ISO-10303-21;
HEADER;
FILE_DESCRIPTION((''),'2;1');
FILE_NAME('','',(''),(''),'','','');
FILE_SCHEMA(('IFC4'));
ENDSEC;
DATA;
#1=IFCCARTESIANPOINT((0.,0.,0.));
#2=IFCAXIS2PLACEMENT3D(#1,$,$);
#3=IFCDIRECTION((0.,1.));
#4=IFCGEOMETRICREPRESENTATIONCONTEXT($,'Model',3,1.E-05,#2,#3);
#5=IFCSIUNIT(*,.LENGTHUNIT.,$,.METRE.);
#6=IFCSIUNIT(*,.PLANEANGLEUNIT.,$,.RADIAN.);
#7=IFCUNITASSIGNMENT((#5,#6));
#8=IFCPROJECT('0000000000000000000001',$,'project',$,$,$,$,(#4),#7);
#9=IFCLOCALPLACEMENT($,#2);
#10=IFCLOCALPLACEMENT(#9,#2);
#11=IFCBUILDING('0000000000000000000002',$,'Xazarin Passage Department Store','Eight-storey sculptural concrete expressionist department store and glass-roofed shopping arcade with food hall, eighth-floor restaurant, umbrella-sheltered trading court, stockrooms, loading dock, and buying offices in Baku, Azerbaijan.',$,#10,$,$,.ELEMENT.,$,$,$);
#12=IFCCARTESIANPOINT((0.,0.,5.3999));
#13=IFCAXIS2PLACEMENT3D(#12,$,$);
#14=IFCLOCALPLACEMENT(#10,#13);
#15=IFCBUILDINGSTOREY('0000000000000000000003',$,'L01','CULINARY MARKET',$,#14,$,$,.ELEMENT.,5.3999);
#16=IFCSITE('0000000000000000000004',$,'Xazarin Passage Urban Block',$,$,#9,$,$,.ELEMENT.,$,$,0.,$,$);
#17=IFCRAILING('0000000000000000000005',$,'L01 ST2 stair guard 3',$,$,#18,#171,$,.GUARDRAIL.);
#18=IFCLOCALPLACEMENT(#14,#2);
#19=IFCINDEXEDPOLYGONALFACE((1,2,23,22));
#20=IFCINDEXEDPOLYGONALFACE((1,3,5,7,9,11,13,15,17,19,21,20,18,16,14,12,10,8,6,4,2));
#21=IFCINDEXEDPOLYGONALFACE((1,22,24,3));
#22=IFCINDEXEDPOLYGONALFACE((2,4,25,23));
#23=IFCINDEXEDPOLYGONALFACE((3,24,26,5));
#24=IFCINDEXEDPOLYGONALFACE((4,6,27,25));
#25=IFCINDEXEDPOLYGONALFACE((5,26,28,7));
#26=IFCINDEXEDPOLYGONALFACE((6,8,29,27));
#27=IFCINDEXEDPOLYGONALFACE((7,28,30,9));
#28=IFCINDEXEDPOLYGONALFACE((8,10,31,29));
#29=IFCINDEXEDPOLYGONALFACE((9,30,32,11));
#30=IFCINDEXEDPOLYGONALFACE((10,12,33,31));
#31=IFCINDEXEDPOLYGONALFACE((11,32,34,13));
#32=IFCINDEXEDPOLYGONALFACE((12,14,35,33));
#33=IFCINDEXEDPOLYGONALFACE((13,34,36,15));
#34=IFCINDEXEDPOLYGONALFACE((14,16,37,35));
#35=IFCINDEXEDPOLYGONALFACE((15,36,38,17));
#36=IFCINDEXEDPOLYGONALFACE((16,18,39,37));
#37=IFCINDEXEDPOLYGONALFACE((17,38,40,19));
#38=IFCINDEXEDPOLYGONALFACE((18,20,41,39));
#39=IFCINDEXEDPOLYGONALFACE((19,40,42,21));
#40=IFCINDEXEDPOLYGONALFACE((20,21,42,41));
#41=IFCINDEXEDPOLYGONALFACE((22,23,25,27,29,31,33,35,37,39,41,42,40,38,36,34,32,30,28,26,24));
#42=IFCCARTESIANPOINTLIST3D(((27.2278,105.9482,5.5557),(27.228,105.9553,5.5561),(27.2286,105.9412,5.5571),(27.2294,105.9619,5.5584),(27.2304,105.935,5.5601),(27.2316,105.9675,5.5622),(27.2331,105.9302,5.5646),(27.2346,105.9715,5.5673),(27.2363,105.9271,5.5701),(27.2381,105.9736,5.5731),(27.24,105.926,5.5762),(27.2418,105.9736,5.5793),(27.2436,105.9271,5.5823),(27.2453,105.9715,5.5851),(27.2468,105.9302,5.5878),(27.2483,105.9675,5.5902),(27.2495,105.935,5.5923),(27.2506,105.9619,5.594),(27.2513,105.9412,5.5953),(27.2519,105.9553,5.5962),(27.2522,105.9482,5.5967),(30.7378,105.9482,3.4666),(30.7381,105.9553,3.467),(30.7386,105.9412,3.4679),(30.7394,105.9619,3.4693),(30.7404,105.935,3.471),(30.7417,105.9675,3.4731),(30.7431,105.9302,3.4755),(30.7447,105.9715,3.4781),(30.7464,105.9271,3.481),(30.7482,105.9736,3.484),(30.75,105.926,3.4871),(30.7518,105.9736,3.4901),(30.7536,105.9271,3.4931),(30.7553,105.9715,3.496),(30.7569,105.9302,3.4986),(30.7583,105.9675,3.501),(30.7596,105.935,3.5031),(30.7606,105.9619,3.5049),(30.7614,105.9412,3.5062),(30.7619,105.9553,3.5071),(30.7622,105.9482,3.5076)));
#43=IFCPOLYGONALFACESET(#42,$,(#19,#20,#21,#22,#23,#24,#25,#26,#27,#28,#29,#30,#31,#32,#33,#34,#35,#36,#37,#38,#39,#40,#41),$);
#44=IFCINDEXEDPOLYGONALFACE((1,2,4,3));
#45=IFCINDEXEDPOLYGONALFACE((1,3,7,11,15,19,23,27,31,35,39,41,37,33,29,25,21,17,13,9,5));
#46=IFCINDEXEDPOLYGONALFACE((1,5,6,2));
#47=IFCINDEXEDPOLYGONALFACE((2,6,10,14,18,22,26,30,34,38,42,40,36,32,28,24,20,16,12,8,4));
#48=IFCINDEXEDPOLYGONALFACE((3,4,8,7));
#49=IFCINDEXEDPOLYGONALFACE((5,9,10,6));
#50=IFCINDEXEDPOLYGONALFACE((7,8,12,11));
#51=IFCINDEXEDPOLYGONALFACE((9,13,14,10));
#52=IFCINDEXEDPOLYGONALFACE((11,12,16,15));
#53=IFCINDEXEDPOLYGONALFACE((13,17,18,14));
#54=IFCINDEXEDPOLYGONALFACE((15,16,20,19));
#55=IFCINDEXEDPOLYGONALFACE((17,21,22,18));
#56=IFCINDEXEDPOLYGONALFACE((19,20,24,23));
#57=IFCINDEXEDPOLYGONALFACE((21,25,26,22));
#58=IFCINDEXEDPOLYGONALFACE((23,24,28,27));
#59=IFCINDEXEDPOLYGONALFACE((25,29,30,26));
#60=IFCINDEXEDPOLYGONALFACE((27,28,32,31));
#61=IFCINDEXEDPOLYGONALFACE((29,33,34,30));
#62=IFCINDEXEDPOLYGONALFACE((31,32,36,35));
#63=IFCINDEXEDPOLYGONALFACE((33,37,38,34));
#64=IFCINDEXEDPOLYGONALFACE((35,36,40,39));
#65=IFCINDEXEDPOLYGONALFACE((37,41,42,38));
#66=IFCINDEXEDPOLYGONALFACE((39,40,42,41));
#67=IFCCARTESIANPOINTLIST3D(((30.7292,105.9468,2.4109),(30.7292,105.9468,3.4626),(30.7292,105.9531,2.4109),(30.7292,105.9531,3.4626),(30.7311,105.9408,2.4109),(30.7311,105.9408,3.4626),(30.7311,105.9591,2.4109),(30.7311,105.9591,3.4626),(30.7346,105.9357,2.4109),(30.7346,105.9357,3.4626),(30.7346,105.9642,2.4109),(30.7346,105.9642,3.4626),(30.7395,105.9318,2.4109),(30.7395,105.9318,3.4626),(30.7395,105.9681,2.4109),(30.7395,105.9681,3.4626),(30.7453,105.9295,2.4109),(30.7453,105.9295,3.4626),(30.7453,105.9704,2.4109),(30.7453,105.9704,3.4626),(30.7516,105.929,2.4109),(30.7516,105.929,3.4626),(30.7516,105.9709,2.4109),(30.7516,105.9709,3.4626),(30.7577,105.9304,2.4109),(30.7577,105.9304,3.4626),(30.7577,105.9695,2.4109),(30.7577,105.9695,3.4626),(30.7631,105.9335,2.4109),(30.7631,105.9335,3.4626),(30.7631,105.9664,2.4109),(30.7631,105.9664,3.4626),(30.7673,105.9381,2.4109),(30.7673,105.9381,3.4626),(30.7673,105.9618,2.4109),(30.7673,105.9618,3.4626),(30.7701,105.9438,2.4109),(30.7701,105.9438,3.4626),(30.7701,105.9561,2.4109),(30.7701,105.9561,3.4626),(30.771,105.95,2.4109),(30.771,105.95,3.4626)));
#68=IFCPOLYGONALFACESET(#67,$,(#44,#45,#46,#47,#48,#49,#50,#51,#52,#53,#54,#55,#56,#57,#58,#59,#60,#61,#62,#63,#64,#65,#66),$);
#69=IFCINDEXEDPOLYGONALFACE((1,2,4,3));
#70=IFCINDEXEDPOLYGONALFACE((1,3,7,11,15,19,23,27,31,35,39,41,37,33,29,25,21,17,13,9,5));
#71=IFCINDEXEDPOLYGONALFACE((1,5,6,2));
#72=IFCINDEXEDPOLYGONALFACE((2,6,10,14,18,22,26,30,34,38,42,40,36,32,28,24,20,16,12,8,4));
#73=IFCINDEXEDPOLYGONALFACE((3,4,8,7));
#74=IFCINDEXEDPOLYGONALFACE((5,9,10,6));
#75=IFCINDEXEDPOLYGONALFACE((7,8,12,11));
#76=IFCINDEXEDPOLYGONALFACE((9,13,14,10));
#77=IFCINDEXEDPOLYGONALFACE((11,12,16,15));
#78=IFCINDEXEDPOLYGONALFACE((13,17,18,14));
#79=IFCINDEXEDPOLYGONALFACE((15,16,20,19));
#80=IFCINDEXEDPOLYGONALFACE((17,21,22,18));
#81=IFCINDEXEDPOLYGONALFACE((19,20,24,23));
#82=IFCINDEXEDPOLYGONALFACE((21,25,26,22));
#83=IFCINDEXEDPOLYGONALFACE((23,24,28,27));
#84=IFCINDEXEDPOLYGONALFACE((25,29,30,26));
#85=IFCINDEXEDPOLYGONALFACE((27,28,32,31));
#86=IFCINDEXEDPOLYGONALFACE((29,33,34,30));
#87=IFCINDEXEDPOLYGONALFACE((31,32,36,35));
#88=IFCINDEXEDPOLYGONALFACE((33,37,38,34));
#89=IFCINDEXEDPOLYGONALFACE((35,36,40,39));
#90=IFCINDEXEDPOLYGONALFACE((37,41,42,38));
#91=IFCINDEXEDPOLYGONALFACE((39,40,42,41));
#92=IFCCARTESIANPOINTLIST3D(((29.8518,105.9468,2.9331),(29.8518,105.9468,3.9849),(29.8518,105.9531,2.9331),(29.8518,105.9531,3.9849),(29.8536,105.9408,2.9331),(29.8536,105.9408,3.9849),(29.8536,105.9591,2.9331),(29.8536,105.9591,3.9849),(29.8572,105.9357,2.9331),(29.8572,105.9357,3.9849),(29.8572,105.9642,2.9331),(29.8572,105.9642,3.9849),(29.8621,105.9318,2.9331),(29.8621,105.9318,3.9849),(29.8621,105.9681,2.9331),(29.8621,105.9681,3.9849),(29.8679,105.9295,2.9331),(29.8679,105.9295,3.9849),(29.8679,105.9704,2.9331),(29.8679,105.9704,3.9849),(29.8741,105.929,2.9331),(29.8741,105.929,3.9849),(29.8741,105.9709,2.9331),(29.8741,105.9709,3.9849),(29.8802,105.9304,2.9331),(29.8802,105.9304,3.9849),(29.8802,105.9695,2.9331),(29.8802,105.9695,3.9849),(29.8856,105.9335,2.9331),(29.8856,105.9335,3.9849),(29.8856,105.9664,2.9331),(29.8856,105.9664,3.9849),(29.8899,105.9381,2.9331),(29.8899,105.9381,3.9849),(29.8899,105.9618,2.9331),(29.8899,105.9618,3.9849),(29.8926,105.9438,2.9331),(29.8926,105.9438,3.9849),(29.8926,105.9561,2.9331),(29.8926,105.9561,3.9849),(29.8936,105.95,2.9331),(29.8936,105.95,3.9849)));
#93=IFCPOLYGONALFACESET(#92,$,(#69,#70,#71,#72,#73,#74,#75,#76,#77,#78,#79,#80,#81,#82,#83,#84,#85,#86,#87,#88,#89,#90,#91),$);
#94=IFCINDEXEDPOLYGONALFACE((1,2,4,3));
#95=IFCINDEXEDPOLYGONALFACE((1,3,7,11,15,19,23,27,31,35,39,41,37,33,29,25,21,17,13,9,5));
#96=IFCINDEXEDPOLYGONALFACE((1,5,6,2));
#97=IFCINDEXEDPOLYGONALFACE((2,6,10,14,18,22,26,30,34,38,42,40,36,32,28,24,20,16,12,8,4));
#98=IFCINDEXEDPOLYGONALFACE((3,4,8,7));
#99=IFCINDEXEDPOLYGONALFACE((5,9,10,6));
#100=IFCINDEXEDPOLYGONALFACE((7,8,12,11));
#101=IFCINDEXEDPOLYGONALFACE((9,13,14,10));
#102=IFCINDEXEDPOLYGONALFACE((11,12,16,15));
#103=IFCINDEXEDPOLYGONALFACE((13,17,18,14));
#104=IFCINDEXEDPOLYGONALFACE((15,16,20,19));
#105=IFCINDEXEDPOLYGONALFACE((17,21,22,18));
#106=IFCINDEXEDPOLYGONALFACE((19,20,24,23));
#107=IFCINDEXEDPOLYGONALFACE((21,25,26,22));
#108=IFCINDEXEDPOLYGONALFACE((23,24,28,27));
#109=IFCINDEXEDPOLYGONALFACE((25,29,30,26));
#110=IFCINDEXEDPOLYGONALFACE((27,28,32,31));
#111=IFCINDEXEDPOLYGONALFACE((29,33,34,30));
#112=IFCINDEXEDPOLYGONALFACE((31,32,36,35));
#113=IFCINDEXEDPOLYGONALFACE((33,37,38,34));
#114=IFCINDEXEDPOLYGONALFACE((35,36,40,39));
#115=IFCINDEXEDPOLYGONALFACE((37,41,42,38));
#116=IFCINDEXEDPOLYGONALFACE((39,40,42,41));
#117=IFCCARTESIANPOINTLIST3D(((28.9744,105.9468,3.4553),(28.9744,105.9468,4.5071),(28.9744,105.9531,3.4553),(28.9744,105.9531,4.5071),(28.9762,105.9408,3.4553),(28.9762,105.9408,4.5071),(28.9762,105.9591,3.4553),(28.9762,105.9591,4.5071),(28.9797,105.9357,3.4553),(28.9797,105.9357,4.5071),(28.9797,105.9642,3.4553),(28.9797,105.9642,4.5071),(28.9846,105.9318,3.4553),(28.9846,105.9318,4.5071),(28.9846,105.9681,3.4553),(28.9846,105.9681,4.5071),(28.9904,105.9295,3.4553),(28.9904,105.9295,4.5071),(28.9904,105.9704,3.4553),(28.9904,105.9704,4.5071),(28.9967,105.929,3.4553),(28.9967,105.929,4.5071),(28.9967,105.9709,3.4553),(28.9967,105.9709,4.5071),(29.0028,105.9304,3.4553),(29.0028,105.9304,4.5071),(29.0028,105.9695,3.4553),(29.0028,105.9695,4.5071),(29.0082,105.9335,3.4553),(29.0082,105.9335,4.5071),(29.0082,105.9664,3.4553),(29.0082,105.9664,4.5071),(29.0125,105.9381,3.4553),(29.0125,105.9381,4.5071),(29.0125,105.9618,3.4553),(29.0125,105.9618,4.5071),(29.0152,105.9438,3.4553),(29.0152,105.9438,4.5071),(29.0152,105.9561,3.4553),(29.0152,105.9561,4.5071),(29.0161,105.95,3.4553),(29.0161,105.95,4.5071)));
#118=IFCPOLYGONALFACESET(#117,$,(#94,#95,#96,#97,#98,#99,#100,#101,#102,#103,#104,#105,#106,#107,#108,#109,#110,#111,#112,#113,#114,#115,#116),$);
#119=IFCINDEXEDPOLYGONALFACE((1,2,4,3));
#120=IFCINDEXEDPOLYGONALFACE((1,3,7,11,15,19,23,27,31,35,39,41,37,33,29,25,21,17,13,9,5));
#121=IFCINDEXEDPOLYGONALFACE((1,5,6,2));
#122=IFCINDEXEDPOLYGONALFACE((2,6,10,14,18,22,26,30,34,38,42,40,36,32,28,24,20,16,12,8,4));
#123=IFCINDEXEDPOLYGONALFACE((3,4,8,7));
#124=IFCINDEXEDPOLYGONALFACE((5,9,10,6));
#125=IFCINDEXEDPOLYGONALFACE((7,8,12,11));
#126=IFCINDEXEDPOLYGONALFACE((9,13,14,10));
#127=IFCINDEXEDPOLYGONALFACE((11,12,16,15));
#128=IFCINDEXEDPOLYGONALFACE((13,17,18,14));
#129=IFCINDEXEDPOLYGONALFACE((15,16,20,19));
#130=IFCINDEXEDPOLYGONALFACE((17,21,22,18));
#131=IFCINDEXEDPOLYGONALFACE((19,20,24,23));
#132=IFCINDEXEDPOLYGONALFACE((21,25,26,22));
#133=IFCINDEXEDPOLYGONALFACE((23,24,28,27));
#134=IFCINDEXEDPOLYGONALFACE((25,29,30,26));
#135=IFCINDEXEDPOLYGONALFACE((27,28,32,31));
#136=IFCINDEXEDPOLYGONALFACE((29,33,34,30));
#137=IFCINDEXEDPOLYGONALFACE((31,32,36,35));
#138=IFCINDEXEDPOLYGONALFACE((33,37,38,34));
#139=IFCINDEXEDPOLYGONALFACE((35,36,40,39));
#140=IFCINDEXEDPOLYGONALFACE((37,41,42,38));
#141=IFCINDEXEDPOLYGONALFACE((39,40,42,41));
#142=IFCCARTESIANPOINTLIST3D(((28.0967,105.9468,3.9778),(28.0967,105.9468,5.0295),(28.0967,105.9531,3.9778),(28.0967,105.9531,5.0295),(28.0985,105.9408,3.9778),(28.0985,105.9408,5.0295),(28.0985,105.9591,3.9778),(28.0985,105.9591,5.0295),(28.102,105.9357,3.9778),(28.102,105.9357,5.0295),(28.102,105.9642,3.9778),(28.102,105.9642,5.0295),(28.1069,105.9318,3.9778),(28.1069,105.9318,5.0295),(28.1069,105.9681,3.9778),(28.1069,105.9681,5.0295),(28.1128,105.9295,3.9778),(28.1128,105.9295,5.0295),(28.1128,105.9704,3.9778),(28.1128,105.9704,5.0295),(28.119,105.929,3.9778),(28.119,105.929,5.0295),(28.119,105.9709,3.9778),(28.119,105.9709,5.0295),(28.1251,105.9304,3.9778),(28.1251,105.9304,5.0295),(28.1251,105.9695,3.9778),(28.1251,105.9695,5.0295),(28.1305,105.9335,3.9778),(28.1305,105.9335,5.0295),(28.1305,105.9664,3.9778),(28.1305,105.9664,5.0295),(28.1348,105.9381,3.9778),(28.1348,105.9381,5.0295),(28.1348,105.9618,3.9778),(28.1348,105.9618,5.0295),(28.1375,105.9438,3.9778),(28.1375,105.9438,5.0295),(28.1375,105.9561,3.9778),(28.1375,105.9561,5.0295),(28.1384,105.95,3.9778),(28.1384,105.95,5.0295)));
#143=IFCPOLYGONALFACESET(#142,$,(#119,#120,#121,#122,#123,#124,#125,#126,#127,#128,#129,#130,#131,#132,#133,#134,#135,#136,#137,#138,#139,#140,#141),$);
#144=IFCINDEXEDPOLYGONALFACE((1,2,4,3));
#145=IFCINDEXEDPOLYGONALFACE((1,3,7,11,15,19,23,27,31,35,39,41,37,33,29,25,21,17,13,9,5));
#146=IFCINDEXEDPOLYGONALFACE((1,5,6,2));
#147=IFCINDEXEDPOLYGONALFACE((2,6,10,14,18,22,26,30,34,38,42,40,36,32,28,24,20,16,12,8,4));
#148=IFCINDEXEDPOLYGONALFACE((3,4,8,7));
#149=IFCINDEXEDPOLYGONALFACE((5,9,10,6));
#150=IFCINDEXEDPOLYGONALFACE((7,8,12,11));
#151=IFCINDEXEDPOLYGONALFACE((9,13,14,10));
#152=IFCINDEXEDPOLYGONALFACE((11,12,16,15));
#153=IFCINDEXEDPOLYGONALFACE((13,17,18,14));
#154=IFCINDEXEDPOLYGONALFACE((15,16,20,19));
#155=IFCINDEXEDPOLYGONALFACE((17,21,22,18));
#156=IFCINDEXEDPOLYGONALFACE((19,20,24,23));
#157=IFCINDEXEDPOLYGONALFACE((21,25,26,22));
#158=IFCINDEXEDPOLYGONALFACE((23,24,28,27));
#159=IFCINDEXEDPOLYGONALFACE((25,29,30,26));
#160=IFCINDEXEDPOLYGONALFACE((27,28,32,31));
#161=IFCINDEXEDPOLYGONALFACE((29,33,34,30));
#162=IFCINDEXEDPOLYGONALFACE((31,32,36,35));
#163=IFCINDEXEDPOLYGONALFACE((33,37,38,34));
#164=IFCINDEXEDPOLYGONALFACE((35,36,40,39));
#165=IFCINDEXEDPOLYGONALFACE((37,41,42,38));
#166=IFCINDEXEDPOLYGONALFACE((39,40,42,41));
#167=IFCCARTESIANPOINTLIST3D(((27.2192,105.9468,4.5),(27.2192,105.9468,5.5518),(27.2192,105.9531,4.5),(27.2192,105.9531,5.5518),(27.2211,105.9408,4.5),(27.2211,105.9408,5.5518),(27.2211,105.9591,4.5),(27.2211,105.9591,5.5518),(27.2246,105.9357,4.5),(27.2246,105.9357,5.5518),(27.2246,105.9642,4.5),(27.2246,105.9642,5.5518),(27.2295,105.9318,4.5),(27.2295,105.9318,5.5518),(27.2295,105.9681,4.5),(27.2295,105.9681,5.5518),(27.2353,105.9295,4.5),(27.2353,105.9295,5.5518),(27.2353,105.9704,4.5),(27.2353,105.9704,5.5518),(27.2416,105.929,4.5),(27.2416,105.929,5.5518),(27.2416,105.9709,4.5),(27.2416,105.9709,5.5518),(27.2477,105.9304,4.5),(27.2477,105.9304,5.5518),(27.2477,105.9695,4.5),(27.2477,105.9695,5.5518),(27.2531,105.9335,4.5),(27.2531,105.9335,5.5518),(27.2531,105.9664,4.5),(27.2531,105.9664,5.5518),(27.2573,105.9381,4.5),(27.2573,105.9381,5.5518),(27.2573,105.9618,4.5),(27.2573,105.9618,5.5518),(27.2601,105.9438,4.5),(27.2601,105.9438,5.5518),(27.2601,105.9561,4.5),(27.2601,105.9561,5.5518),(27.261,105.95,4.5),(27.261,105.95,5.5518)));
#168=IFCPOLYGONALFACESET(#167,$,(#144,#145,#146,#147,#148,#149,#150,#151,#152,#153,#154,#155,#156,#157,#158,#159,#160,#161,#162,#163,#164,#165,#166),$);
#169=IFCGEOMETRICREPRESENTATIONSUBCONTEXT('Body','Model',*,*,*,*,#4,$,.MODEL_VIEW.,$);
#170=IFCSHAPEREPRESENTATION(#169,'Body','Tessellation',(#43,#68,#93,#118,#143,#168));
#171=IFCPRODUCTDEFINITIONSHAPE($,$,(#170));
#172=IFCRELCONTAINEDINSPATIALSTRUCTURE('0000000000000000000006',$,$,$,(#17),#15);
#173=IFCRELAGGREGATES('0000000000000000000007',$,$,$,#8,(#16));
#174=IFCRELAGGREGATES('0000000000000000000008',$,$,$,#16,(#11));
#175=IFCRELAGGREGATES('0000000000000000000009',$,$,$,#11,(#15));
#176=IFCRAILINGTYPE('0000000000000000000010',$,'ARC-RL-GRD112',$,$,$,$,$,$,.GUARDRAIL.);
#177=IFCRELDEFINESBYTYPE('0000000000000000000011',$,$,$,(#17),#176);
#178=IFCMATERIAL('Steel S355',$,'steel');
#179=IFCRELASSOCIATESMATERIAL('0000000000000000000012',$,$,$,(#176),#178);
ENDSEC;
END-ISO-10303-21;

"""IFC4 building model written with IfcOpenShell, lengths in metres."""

from ifc_helpers import new_model, si_unit, direction, frame, origin, origin_2d, place, context, subcontext, project, spatial, circle, extrude, material, type_object, element, save


model = new_model("IFC4")

# Units and contexts
model_context = context("Model", 3, precision=1e-05, world=origin(), true_north=direction((0.0, 1.0)))
body_context = subcontext(model_context, "Body", "Model", "MODEL_VIEW")
ifc_project = project(units=[si_unit("LENGTHUNIT", "METRE"), si_unit("PLANEANGLEUNIT", "RADIAN")], contexts=[model_context])

# Site, building, storey
site_placement = place(None, origin())
site = spatial("IfcSite", under=ifc_project, at=site_placement, Name="Xazarin Passage Urban Block", CompositionType="ELEMENT", RefElevation=0.0)
building_placement = place(site_placement, origin())
building = spatial("IfcBuilding", under=site, at=building_placement, Name="Xazarin Passage Department Store", Description="Eight-storey sculptural concrete expressionist department store and glass-roofed shopping arcade with food hall, eighth-floor restaurant, umbrella-sheltered trading court, stockrooms, loading dock, and buying offices in Baku, Azerbaijan.", CompositionType="ELEMENT")
storey_placement = place(building_placement, frame((0.0, 0.0, 5.3999)))
storey = spatial("IfcBuildingStorey", under=building, at=storey_placement, Name="L01", Description="CULINARY MARKET", CompositionType="ELEMENT", Elevation=5.3999)

# Railing
ifc_material_1 = material(Name="Steel S355", Category="steel")
railing_type_1 = type_object("IfcRailingType", Name="ARC-RL-GRD112", PredefinedType="GUARDRAIL", material=ifc_material_1)
railing_1_placement = place(storey_placement, frame((30.75, 105.95, 2.4109)))
element("IfcRailing", 1, at=railing_1_placement, inside=storey, type_object=railing_type_1, Name="L01 ST2 stair guard 3", PredefinedType="GUARDRAIL", context=body_context, shape_type="SweptSolid", body=[
    extrude(circle(Radius=0.0239, at=origin_2d()), frame((0.0, 0.0, 1.0762), z_axis=(-0.859312, 0.0, 0.511451), x_axis=(0.0, -1.0, 0.0)), (0.0, 0.0, 1.0), 4.0847),
    extrude(circle(Radius=0.021, at=origin_2d()), origin(), (0.0, 0.0, 1.0), 1.0518),
    extrude(circle(Radius=0.021, at=origin_2d()), frame((-0.8774, 0.0, 0.5222)), (0.0, 0.0, 1.0), 1.0518),
    extrude(circle(Radius=0.021, at=origin_2d()), frame((-1.7549, 0.0, 1.0444)), (0.0, 0.0, 1.0), 1.0518),
    extrude(circle(Radius=0.021, at=origin_2d()), frame((-2.6326, 0.0, 1.5669)), (0.0, 0.0, 1.0), 1.0518),
    extrude(circle(Radius=0.021, at=origin_2d()), frame((-3.51, 0.0, 2.0891)), (0.0, 0.0, 1.0), 1.0518),
])

save(model, "model.ifc")
